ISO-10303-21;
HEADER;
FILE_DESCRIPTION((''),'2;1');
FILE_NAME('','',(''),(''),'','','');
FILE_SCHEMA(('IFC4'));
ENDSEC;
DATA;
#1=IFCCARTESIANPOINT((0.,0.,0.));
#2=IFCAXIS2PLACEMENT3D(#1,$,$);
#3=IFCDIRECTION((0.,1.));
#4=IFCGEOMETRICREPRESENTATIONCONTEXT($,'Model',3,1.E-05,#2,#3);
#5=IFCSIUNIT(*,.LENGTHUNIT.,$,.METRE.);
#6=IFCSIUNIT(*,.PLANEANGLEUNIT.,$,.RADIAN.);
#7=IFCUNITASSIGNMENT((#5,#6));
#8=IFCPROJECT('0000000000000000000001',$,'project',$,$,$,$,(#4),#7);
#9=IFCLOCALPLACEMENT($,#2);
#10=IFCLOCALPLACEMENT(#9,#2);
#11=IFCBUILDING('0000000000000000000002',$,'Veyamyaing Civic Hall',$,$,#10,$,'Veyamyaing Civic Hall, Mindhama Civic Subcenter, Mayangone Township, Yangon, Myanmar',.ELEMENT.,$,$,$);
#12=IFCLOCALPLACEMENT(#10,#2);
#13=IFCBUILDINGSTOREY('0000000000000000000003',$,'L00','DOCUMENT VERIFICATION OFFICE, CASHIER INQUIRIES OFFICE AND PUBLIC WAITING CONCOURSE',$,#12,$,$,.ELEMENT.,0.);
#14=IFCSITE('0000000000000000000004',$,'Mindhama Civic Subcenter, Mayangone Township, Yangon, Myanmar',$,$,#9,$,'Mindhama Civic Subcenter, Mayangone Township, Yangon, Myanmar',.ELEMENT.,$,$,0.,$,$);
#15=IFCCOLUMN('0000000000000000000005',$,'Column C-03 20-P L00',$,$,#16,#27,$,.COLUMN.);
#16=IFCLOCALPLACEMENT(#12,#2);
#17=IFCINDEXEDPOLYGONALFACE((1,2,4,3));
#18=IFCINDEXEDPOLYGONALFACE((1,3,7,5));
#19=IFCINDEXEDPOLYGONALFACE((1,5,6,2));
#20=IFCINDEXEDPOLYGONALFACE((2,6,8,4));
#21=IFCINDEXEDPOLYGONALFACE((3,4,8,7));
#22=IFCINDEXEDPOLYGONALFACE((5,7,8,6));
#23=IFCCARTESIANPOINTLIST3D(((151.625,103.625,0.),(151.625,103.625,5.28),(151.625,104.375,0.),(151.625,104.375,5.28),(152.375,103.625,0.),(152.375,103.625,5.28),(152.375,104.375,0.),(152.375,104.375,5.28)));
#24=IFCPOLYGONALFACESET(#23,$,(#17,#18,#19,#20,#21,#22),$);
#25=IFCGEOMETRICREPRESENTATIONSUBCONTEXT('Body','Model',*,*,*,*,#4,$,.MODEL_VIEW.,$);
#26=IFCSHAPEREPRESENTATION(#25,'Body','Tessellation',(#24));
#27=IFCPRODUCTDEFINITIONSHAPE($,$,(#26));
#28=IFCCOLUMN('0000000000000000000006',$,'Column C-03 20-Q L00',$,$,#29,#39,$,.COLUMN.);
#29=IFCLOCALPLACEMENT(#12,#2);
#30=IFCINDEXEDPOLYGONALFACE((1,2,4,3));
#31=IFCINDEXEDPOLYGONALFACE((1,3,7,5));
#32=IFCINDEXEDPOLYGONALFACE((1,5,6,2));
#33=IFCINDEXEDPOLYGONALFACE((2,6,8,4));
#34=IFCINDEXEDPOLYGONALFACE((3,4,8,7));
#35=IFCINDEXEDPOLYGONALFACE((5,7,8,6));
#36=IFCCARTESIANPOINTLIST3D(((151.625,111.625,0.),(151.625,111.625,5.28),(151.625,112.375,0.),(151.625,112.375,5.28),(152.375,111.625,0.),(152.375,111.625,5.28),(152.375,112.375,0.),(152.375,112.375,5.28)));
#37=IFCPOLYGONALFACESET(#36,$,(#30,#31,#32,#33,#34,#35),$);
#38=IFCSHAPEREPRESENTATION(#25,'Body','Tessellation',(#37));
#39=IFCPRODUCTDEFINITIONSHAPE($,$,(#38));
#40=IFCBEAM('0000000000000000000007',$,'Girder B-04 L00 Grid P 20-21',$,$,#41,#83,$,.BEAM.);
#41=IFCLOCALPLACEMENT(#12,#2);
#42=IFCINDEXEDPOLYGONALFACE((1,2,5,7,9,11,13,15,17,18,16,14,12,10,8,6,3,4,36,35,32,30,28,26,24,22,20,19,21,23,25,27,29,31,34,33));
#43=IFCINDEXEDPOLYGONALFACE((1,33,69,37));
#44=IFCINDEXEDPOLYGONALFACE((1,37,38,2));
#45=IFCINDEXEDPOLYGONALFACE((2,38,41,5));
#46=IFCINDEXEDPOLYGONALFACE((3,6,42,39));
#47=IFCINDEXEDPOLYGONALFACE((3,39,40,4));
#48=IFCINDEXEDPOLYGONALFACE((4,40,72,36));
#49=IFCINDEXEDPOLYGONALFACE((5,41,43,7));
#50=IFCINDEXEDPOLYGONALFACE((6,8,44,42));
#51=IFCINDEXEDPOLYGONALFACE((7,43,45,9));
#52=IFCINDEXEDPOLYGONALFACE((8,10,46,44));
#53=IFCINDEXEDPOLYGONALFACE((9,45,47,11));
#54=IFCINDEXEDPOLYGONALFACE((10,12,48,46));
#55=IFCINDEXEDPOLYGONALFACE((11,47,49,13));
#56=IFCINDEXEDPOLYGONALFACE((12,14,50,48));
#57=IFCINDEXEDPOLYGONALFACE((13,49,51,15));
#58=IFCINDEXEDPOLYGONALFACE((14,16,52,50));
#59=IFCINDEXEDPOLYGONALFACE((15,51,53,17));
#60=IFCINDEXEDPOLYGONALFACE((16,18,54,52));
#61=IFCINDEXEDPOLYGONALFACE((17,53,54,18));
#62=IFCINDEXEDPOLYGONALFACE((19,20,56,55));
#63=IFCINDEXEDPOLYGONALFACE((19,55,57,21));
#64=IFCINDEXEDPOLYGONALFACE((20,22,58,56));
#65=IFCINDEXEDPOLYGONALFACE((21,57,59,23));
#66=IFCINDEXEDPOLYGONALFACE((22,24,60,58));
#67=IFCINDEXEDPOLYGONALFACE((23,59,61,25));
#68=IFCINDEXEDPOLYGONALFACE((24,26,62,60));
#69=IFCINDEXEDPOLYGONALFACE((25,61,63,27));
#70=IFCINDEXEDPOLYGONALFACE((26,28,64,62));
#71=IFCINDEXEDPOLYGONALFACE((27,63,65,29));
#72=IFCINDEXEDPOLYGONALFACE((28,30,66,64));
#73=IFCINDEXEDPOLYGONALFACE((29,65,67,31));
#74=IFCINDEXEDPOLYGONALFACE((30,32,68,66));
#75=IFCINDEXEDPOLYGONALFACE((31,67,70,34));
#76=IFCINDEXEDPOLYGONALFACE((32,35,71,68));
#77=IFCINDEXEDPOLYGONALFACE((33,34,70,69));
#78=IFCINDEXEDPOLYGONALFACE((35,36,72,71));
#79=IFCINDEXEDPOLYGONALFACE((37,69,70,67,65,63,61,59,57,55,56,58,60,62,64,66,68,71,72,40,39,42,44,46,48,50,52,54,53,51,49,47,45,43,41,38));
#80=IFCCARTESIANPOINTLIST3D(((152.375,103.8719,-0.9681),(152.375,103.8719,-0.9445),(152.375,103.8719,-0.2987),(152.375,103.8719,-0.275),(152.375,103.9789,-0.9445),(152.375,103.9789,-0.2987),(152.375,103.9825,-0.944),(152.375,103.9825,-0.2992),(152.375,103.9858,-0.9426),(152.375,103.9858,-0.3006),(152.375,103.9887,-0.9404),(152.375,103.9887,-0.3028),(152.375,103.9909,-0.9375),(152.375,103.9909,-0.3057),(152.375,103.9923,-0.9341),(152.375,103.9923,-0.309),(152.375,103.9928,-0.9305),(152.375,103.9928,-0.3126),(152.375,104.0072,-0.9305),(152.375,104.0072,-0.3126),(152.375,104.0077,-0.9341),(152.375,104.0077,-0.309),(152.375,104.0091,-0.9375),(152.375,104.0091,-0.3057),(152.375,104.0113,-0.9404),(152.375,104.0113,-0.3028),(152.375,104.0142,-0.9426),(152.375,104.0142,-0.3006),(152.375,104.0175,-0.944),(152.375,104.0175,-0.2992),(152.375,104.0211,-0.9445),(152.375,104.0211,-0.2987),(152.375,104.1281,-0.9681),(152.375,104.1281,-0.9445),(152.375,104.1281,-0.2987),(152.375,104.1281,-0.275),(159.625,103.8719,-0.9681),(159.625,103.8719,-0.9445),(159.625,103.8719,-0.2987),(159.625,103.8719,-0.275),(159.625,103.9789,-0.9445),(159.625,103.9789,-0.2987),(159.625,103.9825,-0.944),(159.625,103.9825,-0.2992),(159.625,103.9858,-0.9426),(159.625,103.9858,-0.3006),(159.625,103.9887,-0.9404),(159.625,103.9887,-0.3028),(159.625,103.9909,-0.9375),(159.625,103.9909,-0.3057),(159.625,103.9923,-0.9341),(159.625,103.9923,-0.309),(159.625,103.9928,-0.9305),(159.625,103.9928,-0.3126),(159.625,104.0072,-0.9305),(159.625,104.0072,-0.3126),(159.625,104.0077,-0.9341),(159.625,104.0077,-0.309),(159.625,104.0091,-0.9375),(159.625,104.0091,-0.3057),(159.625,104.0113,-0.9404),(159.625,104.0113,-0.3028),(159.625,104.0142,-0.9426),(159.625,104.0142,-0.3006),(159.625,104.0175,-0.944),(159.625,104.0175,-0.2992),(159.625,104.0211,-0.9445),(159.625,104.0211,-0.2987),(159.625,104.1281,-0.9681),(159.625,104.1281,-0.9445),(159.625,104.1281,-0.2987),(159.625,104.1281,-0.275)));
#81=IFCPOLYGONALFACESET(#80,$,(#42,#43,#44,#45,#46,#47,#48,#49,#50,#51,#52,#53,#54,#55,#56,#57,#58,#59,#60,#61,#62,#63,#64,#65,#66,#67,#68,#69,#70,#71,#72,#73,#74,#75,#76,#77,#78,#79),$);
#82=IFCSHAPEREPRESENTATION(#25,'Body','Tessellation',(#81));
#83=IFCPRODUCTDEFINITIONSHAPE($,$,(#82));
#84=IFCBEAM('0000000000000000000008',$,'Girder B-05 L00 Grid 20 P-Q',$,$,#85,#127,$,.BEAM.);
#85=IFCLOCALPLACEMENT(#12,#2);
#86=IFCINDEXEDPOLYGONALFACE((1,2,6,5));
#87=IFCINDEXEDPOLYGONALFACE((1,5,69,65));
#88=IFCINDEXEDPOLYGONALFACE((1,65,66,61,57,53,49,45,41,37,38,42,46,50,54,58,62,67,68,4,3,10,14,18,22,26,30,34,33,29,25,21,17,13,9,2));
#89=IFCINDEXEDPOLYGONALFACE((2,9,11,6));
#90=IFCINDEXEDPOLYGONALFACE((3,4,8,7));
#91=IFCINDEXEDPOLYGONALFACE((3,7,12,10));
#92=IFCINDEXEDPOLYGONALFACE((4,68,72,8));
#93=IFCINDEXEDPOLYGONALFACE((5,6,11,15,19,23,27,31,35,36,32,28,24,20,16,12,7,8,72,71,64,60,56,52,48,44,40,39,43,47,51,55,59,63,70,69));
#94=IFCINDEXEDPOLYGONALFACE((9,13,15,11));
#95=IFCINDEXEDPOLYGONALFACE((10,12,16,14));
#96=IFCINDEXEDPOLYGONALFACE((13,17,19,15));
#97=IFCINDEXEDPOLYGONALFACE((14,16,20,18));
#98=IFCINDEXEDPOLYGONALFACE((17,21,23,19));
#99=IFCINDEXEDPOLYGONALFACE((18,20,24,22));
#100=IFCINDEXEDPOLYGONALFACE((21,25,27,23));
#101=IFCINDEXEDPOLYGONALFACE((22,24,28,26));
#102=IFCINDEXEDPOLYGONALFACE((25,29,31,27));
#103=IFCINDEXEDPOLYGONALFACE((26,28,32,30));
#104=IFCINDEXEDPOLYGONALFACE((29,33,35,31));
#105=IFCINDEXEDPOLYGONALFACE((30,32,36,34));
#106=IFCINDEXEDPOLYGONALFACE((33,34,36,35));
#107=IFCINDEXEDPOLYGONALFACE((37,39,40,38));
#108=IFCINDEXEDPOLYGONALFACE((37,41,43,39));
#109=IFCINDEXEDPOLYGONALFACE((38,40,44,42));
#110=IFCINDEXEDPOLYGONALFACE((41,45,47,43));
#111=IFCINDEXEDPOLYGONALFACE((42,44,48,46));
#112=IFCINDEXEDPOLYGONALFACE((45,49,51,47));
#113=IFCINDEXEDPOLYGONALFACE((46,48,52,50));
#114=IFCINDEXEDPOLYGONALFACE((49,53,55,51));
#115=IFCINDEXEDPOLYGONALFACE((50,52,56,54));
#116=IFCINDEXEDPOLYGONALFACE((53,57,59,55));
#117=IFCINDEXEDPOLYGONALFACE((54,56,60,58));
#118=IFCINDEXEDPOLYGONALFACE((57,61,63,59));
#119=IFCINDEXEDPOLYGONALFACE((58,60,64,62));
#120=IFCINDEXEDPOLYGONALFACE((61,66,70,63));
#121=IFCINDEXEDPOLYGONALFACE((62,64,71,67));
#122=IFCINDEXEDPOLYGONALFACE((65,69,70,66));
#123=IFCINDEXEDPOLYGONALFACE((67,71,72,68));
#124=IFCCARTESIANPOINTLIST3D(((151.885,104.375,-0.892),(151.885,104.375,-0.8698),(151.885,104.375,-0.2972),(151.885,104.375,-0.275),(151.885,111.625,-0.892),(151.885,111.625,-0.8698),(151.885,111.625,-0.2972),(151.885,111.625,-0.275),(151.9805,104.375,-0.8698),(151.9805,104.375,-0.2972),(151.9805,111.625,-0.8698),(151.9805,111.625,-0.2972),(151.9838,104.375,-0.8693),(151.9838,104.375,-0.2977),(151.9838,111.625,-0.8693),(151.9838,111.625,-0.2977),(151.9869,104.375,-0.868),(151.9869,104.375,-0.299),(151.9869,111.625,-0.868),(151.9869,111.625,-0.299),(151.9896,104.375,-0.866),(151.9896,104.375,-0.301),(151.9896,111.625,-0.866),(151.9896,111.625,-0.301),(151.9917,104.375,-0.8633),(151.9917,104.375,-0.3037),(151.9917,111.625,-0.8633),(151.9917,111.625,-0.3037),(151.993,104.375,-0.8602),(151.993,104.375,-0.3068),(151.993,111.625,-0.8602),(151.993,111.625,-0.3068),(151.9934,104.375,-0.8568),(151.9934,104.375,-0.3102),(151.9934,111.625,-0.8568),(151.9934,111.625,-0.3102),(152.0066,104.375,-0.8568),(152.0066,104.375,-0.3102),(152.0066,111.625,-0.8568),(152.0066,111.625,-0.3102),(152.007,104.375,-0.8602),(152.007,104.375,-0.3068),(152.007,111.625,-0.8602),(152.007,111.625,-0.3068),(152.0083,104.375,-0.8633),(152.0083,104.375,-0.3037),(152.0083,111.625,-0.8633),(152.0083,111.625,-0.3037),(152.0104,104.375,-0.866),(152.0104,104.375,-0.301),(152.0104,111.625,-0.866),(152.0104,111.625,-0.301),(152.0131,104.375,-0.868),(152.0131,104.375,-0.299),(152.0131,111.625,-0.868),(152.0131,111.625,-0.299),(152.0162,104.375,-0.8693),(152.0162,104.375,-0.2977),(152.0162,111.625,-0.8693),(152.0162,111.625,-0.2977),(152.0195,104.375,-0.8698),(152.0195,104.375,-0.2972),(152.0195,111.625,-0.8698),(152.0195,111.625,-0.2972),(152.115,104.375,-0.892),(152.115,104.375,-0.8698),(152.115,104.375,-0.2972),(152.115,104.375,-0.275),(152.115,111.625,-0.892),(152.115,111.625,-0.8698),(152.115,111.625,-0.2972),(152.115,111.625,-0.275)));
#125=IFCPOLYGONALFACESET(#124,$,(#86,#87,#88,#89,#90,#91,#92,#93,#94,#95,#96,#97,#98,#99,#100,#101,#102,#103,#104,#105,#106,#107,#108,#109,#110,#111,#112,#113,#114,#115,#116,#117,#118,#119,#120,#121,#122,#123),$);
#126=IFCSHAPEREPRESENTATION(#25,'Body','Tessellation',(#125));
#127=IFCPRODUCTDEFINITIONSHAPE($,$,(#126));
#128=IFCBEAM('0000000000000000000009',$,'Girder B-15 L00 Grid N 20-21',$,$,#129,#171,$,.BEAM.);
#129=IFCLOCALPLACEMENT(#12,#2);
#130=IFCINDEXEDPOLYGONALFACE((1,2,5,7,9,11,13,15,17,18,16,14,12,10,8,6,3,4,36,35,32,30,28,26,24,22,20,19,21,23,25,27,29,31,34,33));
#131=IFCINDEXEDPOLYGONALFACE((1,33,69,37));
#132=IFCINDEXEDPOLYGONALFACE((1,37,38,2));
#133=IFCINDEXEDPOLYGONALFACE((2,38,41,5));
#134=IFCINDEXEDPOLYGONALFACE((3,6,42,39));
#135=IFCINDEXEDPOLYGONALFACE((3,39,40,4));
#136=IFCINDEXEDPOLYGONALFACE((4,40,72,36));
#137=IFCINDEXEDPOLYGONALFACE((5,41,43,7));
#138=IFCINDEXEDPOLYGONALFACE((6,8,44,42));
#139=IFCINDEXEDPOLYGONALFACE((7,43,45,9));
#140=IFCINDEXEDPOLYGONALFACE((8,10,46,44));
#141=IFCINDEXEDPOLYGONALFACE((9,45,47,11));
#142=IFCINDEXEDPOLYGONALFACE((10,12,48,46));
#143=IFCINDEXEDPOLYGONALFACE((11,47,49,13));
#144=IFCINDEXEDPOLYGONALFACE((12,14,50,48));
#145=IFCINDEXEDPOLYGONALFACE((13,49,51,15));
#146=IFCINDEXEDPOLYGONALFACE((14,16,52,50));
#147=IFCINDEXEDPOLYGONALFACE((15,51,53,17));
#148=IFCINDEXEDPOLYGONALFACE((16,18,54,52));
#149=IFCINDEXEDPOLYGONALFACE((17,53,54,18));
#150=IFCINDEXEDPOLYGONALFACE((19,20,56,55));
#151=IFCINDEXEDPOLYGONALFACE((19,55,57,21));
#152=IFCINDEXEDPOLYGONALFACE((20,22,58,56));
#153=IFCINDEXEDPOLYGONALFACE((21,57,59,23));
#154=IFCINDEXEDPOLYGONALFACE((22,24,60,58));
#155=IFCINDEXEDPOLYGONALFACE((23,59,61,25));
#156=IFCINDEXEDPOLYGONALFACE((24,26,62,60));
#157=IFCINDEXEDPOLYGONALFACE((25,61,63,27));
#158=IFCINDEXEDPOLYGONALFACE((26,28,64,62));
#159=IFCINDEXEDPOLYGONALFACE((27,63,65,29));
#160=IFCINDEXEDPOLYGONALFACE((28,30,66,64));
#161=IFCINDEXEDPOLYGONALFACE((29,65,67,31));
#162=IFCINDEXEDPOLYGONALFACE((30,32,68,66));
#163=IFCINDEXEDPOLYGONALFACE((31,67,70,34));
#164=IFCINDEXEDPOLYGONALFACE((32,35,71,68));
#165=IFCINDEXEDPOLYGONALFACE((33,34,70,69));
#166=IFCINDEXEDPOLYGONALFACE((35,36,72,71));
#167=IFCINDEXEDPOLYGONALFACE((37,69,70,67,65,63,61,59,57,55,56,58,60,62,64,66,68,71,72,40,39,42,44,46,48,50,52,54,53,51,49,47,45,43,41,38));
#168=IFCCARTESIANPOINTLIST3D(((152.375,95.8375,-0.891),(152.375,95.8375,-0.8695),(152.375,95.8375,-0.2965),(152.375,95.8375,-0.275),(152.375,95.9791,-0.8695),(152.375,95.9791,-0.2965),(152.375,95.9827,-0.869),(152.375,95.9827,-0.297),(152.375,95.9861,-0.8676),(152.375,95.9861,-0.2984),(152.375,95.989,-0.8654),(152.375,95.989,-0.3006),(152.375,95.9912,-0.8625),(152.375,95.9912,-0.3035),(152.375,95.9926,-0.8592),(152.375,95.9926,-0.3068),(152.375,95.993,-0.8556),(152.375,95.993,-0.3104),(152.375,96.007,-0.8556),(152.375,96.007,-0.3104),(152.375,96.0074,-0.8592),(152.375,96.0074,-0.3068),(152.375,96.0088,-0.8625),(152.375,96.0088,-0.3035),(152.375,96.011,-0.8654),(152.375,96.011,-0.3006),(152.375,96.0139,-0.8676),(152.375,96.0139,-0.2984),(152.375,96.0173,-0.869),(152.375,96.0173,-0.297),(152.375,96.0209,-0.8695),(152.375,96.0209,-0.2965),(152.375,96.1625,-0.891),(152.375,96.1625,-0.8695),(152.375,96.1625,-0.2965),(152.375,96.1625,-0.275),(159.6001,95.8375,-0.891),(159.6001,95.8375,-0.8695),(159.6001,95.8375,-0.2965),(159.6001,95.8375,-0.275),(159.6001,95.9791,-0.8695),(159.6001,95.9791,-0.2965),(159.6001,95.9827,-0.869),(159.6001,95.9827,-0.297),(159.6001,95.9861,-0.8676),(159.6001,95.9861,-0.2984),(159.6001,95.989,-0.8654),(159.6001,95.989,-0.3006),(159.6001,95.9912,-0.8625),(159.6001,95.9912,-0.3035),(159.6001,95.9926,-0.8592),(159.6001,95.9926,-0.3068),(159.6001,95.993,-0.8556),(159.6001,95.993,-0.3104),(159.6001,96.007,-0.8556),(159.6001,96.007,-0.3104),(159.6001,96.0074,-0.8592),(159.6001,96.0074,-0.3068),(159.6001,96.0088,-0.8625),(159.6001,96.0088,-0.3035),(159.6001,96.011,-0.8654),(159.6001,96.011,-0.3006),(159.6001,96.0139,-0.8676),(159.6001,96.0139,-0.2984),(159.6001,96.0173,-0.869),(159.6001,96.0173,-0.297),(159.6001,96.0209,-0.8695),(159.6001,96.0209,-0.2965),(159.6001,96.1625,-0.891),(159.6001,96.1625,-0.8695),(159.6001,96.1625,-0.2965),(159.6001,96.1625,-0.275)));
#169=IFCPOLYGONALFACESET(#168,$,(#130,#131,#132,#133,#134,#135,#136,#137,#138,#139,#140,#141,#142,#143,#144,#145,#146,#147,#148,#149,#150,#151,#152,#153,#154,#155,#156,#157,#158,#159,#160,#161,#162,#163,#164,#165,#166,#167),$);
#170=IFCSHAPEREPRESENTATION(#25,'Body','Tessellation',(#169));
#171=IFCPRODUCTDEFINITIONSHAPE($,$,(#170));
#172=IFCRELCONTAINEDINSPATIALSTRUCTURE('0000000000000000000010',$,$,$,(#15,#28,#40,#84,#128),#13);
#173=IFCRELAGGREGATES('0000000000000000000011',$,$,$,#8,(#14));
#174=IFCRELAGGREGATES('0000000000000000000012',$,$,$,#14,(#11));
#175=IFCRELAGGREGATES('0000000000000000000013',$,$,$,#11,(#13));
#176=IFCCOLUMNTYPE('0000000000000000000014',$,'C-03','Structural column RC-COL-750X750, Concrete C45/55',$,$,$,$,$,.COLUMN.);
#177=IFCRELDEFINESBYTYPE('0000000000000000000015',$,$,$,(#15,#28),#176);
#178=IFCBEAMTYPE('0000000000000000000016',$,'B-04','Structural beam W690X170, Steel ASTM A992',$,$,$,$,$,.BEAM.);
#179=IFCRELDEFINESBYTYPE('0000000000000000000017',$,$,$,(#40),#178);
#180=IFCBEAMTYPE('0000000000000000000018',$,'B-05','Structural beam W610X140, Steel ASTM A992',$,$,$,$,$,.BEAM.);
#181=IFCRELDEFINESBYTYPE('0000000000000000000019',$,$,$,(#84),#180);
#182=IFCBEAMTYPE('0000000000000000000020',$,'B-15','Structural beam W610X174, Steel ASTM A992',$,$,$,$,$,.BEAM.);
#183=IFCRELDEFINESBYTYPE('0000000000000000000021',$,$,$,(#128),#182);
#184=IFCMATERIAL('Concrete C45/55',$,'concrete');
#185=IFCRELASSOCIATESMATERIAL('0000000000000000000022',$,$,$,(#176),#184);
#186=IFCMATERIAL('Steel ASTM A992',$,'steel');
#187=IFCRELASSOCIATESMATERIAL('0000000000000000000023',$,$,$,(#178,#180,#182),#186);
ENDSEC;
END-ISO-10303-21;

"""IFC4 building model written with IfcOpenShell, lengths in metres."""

from ifc_helpers import new_model, si_unit, direction, frame, origin, origin_2d, place, context, subcontext, project, spatial, rectangle, i_section, extrude, material, material_profile, profile_set, type_object, element, save


model = new_model("IFC4")

# Units and contexts
model_context = context("Model", 3, precision=1e-05, world=origin(), true_north=direction((0.0, 1.0)))
body_context = subcontext(model_context, "Body", "Model", "MODEL_VIEW")
ifc_project = project(units=[si_unit("LENGTHUNIT", "METRE"), si_unit("PLANEANGLEUNIT", "RADIAN")], contexts=[model_context])

# Site, building, storey
site_placement = place(None, origin())
site = spatial("IfcSite", under=ifc_project, at=site_placement, Name="Mindhama Civic Subcenter, Mayangone Township, Yangon, Myanmar", LongName="Mindhama Civic Subcenter, Mayangone Township, Yangon, Myanmar", CompositionType="ELEMENT", RefElevation=0.0)
building_placement = place(site_placement, origin())
building = spatial("IfcBuilding", under=site, at=building_placement, Name="Veyamyaing Civic Hall", LongName="Veyamyaing Civic Hall, Mindhama Civic Subcenter, Mayangone Township, Yangon, Myanmar", CompositionType="ELEMENT")
storey_placement = place(building_placement, origin())
storey = spatial("IfcBuildingStorey", under=building, at=storey_placement, Name="L00", Description="DOCUMENT VERIFICATION OFFICE, CASHIER INQUIRIES OFFICE AND PUBLIC WAITING CONCOURSE", CompositionType="ELEMENT", Elevation=0.0)

# Columns
ifc_material_1 = material(Name="Concrete C45/55", Category="concrete")
ifc_material_profile_1 = material_profile(ifc_material_1, rectangle(XDim=0.75, YDim=0.75, at=origin_2d()), Name="RC-COL-750X750")
ifc_profile_set_1 = profile_set([ifc_material_profile_1], Name="Concrete C45/55")
column_type = type_object("IfcColumnType", Name="C-03", Description="Structural column RC-COL-750X750, Concrete C45/55", PredefinedType="COLUMN", material=ifc_profile_set_1)
for number, where, z_axis, x_axis, name in (
    (1, (152.0, 104.0, 0.0), (0.0, 0.0, 1.0), (1.0, 0.0, 0.0), "Column C-03 20-P L00"),
    (2, (152.0, 112.0, 0.0), (0.0, 0.0, 1.0), (1.0, 0.0, 0.0), "Column C-03 20-Q L00"),
):
    element("IfcColumn", number, at=place(storey_placement, frame(where, z_axis=z_axis, x_axis=x_axis)), inside=storey, type_object=column_type, Name=name, PredefinedType="COLUMN", context=body_context, shape_type="SweptSolid", body=[
        extrude(rectangle(XDim=0.75, YDim=0.75, at=origin_2d()), origin(), (0.0, 0.0, 1.0), 5.28),
    ])

# Beams
ifc_material_2 = material(Name="Steel ASTM A992", Category="steel")
ifc_material_profile_2 = material_profile(ifc_material_2, i_section(OverallWidth=0.2561, OverallDepth=0.6931, WebThickness=0.0144, FlangeThickness=0.0237, FilletRadius=0.0139, at=origin_2d()), Name="W690X170")
ifc_profile_set_2 = profile_set([ifc_material_profile_2], Name="Steel ASTM A992")
beam_type_1 = type_object("IfcBeamType", Name="B-04", Description="Structural beam W690X170, Steel ASTM A992", PredefinedType="BEAM", material=ifc_profile_set_2)
beam_1_placement = place(storey_placement, frame((152.375, 104.0, -0.6216), z_axis=(1.0, 0.0, 0.0), x_axis=(0.0, 1.0, 0.0)))
element("IfcBeam", 3, at=beam_1_placement, inside=storey, type_object=beam_type_1, Name="Girder B-04 L00 Grid P 20-21", PredefinedType="BEAM", context=body_context, shape_type="SweptSolid", body=[
    extrude(i_section(OverallWidth=0.2561, OverallDepth=0.6931, WebThickness=0.0144, FlangeThickness=0.0237, FilletRadius=0.0139, at=origin_2d()), origin(), (0.0, 0.0, 1.0), 7.25),
])
ifc_material_profile_3 = material_profile(ifc_material_2, i_section(OverallWidth=0.23, OverallDepth=0.6169, WebThickness=0.0132, FlangeThickness=0.0222, FilletRadius=0.0129, at=origin_2d()), Name="W610X140")
ifc_profile_set_3 = profile_set([ifc_material_profile_3], Name="Steel ASTM A992")
beam_type_2 = type_object("IfcBeamType", Name="B-05", Description="Structural beam W610X140, Steel ASTM A992", PredefinedType="BEAM", material=ifc_profile_set_3)
beam_2_placement = place(storey_placement, frame((152.0, 104.375, -0.5835), z_axis=(0.0, 1.0, 0.0), x_axis=(-1.0, 0.0, 0.0)))
element("IfcBeam", 4, at=beam_2_placement, inside=storey, type_object=beam_type_2, Name="Girder B-05 L00 Grid 20 P-Q", PredefinedType="BEAM", context=body_context, shape_type="SweptSolid", body=[
    extrude(i_section(OverallWidth=0.23, OverallDepth=0.6169, WebThickness=0.0132, FlangeThickness=0.0222, FilletRadius=0.0129, at=origin_2d()), origin(), (0.0, 0.0, 1.0), 7.25),
])
ifc_material_profile_4 = material_profile(ifc_material_2, i_section(OverallWidth=0.325, OverallDepth=0.616, WebThickness=0.0139, FlangeThickness=0.0215, FilletRadius=0.0139, at=origin_2d()), Name="W610X174")
ifc_profile_set_4 = profile_set([ifc_material_profile_4], Name="Steel ASTM A992")
beam_type_3 = type_object("IfcBeamType", Name="B-15", Description="Structural beam W610X174, Steel ASTM A992", PredefinedType="BEAM", material=ifc_profile_set_4)
beam_3_placement = place(storey_placement, frame((152.375, 96.0, -0.583), z_axis=(1.0, 0.0, 0.0), x_axis=(0.0, 1.0, 0.0)))
element("IfcBeam", 5, at=beam_3_placement, inside=storey, type_object=beam_type_3, Name="Girder B-15 L00 Grid N 20-21", PredefinedType="BEAM", context=body_context, shape_type="SweptSolid", body=[
    extrude(i_section(OverallWidth=0.325, OverallDepth=0.616, WebThickness=0.0139, FlangeThickness=0.0215, FilletRadius=0.0139, at=origin_2d()), origin(), (0.0, 0.0, 1.0), 7.2251),
])

save(model, "model.ifc")
